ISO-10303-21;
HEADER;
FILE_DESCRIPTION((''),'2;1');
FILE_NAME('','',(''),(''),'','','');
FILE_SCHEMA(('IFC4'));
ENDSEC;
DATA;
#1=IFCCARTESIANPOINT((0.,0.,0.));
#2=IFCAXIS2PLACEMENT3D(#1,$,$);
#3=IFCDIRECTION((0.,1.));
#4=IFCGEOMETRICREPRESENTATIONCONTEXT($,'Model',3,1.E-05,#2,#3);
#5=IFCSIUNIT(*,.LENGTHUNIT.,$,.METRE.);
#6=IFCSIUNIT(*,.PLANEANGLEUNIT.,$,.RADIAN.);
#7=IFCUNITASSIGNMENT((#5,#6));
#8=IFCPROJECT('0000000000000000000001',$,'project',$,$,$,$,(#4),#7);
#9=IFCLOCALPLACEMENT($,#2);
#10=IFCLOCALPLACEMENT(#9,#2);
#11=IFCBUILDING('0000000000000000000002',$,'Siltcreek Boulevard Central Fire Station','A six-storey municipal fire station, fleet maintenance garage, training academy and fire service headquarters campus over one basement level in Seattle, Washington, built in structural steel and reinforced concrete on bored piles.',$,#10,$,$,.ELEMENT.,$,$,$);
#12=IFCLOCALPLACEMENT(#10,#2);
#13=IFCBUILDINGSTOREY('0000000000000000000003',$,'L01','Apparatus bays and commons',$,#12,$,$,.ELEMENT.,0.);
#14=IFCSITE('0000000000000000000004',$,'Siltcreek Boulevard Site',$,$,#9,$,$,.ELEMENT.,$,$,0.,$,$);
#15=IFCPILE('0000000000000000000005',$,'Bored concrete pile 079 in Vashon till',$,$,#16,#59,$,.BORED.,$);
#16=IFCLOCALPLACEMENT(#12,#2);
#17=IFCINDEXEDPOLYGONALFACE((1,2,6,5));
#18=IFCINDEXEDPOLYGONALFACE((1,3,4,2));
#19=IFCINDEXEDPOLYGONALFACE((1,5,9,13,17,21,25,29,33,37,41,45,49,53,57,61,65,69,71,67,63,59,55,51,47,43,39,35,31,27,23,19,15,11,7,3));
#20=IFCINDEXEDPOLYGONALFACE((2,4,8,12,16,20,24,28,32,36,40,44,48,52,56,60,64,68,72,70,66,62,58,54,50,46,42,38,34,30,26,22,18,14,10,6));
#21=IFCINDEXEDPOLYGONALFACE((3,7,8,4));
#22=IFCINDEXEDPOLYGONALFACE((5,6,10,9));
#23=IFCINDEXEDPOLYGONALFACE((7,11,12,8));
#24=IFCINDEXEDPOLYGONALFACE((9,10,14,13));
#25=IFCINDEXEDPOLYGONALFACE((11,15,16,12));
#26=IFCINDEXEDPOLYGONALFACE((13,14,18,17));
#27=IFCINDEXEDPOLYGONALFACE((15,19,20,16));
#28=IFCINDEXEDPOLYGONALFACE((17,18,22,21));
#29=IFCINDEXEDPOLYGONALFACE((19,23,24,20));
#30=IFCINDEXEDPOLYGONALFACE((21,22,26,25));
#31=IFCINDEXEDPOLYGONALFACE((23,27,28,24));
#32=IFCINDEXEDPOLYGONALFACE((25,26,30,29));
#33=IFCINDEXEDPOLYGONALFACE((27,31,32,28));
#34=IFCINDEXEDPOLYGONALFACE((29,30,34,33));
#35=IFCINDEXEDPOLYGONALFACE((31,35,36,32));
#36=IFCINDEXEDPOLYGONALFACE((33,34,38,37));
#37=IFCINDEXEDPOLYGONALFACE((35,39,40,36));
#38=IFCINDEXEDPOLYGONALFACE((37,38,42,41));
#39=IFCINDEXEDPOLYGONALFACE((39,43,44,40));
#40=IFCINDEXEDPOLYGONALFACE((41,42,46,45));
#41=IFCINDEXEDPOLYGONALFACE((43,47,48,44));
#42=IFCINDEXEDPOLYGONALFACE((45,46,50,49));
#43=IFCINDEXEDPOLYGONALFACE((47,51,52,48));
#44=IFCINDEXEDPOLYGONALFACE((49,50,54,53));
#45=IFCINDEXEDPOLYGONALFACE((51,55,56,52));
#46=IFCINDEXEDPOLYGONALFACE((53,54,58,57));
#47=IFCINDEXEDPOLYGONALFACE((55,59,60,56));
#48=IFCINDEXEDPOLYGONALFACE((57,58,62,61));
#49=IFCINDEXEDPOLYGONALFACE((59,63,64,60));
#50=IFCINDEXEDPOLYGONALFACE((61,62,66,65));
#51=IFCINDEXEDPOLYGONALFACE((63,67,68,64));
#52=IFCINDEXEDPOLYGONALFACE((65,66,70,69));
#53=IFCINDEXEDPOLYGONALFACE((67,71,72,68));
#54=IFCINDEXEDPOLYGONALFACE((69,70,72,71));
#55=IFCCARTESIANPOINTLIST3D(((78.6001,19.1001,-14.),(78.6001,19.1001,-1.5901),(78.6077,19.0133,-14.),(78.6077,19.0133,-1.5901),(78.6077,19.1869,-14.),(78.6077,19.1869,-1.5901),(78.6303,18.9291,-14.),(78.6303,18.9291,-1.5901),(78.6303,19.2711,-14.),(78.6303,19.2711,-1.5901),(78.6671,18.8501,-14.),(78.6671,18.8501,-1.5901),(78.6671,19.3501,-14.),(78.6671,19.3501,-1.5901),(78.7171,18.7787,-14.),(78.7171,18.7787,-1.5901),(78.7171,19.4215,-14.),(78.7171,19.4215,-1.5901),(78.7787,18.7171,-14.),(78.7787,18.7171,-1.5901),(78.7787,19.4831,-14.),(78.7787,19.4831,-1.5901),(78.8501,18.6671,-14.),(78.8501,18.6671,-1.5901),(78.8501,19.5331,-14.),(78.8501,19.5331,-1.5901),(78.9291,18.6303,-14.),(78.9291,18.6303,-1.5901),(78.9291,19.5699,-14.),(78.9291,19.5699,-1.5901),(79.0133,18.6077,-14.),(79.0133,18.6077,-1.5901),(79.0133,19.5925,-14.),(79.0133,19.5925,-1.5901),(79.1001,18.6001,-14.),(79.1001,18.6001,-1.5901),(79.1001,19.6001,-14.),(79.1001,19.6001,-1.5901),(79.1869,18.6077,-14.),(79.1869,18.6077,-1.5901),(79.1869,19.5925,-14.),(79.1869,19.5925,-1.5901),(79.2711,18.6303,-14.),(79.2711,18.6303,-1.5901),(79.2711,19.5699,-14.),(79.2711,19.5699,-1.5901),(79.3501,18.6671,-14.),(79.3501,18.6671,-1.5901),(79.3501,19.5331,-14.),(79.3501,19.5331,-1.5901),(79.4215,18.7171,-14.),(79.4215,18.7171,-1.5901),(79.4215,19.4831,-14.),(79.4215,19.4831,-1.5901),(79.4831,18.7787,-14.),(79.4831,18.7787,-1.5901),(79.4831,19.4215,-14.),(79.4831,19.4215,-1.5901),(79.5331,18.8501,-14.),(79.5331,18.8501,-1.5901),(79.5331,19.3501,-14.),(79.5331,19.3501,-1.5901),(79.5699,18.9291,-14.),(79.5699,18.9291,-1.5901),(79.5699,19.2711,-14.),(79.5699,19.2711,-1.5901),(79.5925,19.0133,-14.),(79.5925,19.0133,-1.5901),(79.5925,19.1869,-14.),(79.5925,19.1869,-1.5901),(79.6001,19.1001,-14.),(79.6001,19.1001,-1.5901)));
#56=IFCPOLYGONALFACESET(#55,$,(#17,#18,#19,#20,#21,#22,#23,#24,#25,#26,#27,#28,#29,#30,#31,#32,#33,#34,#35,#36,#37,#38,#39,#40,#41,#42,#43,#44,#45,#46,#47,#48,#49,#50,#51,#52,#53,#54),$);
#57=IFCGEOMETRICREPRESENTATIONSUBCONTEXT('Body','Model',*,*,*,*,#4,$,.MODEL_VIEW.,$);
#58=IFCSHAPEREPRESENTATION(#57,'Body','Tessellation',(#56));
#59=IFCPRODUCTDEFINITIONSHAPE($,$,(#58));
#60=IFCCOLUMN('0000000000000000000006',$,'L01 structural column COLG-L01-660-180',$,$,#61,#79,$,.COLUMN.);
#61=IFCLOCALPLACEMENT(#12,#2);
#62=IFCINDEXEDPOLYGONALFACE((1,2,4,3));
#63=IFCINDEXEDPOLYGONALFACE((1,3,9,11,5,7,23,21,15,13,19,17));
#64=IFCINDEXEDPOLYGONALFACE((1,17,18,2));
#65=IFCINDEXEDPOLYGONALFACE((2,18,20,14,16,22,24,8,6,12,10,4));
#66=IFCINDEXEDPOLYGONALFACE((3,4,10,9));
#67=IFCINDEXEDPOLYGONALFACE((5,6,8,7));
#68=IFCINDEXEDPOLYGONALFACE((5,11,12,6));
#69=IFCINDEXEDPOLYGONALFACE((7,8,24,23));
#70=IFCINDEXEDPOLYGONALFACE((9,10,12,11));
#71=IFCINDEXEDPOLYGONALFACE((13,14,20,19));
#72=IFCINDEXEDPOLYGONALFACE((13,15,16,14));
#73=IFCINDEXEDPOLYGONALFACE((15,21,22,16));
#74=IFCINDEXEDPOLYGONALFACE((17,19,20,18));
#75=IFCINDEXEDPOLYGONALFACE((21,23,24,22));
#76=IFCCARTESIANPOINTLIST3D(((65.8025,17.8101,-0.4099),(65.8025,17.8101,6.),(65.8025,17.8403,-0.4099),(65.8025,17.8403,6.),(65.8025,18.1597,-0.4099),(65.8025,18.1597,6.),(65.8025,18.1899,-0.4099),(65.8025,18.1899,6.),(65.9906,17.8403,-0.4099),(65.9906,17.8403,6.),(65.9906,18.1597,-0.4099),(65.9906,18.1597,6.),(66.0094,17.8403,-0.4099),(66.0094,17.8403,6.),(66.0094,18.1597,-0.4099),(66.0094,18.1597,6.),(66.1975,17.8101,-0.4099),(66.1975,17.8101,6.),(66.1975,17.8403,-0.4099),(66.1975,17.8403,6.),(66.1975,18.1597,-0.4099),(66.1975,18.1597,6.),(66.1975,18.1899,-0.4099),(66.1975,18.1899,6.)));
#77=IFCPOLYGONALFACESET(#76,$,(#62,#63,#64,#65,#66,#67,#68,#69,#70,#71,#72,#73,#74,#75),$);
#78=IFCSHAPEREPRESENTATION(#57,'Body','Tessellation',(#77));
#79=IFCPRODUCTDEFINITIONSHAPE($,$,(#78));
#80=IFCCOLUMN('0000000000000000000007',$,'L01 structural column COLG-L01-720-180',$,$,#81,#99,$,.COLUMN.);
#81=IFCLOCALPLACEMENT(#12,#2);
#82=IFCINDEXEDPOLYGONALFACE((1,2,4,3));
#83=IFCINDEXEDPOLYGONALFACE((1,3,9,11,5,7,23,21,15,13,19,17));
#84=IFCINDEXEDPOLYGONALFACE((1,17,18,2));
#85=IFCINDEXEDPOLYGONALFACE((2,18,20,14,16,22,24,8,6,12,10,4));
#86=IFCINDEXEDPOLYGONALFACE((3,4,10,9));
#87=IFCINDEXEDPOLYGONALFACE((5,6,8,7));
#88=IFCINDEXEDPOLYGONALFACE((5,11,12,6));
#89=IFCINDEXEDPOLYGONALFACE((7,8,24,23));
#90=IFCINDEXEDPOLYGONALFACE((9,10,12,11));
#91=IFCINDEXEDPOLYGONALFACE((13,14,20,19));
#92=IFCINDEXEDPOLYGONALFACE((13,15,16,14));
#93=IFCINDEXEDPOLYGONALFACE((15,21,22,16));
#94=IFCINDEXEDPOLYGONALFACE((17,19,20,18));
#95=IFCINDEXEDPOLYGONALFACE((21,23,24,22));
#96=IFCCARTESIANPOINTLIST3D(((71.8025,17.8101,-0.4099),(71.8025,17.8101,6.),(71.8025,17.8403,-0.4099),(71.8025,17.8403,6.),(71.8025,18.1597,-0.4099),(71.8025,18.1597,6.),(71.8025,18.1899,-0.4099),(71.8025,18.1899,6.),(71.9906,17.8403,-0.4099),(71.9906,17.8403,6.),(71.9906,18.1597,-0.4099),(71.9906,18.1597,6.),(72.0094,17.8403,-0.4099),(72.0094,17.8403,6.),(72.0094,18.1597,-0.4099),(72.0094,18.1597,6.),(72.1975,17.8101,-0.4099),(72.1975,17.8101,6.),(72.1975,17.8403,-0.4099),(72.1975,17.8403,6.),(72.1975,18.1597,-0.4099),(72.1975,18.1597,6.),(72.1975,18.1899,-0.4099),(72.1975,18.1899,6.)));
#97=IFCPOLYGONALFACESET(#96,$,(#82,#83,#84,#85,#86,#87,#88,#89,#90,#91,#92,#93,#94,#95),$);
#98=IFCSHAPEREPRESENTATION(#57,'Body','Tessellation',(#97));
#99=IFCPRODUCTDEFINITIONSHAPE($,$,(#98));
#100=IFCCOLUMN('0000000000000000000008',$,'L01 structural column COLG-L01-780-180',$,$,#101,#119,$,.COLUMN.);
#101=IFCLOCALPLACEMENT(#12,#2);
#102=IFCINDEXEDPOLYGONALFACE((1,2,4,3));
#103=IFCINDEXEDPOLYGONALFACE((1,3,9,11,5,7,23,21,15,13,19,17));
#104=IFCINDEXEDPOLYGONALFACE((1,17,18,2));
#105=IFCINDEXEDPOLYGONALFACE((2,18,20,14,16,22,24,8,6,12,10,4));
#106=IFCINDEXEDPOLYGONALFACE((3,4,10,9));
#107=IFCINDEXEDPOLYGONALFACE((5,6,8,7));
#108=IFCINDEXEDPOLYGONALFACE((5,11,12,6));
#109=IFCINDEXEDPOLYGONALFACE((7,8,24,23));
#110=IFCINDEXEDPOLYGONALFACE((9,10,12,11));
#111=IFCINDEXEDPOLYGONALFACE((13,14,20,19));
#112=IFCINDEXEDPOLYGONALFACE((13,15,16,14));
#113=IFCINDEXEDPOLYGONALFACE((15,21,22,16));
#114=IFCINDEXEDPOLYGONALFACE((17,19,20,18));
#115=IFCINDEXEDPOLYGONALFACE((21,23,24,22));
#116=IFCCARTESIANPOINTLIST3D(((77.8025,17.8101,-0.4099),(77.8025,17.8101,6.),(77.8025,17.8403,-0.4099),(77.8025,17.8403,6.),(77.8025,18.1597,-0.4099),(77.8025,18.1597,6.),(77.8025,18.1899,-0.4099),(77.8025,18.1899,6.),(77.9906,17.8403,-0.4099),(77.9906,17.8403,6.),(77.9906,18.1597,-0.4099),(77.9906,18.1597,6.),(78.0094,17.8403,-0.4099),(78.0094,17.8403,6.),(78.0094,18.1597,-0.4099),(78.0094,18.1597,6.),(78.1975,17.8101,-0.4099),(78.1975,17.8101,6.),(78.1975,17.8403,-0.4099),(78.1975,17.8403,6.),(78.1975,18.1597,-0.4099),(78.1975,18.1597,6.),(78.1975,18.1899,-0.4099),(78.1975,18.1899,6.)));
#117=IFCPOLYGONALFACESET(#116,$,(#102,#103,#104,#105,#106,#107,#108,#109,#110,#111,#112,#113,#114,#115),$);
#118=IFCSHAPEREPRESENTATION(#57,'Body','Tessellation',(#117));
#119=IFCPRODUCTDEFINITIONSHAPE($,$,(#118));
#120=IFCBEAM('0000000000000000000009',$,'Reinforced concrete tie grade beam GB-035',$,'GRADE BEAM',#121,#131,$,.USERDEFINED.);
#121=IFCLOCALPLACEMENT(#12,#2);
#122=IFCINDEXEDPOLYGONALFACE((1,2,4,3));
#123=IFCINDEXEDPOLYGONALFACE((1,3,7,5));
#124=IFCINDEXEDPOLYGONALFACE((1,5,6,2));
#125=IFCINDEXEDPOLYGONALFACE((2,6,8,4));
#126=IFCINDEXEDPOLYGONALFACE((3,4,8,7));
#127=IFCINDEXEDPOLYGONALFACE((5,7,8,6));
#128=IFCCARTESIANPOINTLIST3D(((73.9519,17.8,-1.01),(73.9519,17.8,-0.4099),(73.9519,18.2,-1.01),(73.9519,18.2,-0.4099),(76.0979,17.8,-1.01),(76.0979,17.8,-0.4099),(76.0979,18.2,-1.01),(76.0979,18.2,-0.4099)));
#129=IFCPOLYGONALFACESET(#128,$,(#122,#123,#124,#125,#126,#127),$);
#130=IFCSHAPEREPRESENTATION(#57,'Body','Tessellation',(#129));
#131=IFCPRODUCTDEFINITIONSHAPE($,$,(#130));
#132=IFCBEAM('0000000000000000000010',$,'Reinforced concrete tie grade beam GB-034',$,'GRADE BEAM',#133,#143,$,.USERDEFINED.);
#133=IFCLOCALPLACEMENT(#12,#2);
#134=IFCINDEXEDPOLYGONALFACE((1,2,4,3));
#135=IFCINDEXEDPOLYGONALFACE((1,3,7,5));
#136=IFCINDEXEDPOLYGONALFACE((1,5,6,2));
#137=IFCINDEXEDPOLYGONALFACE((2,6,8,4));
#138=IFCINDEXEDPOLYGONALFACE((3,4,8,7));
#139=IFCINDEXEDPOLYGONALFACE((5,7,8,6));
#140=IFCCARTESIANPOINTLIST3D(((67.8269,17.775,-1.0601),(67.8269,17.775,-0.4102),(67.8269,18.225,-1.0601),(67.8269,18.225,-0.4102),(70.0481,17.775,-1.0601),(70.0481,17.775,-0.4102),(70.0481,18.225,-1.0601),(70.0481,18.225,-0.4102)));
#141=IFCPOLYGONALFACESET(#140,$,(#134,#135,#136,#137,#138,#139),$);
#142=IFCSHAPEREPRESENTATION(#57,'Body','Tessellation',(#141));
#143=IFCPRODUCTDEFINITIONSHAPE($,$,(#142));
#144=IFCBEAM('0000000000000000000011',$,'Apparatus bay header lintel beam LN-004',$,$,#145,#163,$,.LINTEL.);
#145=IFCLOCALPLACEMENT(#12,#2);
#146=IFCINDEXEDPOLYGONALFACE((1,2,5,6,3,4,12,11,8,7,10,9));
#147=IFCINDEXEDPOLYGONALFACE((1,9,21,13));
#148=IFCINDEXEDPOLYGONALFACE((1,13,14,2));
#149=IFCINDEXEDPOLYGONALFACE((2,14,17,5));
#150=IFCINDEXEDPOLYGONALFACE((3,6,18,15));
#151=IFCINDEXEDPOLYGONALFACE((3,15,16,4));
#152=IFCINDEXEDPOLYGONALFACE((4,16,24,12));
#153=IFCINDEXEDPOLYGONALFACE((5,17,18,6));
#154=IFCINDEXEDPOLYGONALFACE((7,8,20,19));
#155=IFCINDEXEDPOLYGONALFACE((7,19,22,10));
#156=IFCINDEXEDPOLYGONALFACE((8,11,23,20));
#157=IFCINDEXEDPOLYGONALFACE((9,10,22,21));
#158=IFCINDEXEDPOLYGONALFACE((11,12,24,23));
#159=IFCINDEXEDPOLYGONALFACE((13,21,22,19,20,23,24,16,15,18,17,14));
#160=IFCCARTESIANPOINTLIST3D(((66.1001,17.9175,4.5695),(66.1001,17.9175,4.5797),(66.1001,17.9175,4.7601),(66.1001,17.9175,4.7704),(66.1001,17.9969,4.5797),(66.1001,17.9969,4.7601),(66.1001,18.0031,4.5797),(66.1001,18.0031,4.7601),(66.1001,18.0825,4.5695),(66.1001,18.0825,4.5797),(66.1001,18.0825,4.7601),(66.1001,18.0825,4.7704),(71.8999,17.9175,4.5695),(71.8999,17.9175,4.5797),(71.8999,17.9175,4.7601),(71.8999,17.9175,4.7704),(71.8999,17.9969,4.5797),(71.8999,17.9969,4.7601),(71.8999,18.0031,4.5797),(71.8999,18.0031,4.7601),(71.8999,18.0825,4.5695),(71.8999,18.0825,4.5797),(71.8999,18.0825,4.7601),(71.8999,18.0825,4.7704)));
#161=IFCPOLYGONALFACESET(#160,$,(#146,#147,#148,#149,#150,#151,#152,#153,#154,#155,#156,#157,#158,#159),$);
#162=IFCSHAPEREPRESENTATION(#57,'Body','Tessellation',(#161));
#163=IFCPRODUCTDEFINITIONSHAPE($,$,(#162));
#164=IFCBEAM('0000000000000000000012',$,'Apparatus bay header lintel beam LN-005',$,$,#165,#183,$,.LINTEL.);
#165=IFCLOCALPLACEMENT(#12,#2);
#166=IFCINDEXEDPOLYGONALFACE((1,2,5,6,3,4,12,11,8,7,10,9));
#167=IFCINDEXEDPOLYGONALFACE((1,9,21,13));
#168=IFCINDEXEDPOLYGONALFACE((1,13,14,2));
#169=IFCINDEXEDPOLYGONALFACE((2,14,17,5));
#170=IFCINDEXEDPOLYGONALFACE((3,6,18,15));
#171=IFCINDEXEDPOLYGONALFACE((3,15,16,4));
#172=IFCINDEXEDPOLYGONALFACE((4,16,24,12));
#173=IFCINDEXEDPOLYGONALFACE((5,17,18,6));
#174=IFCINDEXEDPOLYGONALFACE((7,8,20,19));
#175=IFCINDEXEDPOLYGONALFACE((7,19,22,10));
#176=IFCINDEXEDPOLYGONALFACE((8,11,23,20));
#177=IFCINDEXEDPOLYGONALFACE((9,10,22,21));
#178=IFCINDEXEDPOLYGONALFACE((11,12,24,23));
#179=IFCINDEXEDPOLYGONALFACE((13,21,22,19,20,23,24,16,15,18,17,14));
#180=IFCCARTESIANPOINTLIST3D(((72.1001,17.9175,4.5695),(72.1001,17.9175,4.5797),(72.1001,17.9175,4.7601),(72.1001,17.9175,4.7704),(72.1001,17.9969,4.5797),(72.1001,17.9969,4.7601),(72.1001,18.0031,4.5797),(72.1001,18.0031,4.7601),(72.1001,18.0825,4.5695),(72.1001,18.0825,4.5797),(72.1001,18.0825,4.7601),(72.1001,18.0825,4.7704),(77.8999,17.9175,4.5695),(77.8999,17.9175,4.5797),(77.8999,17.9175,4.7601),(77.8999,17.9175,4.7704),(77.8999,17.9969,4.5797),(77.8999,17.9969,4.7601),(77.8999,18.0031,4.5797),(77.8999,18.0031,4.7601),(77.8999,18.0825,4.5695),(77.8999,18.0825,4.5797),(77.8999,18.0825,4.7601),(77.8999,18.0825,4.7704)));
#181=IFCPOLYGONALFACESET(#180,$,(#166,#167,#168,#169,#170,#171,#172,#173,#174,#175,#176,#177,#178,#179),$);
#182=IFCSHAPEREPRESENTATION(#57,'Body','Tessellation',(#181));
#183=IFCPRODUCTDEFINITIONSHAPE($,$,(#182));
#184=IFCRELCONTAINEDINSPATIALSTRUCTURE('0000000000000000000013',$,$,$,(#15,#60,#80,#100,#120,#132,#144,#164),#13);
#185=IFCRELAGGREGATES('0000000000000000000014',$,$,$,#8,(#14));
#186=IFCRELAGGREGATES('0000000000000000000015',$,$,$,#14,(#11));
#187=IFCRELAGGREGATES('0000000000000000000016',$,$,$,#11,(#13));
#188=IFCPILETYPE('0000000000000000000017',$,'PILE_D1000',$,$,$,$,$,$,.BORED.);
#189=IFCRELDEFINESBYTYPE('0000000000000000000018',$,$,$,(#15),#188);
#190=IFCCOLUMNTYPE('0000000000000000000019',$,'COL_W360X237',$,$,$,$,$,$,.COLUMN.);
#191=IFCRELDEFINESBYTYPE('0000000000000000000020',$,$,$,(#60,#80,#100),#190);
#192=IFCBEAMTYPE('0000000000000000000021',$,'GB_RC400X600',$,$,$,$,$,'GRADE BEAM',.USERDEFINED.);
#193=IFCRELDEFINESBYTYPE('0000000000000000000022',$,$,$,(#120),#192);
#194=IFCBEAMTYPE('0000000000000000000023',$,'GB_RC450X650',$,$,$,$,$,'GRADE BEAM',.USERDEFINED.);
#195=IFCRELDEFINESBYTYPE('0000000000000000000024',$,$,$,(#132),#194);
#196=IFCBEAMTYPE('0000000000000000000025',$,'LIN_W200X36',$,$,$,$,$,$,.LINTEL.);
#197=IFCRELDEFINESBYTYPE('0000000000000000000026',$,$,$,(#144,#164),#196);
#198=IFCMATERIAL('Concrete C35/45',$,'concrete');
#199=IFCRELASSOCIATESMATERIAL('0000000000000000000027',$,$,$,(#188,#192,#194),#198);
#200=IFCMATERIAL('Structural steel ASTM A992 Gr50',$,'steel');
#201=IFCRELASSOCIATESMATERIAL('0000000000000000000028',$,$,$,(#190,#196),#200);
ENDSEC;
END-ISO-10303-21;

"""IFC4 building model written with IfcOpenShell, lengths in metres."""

from ifc_helpers import new_model, si_unit, direction, frame, origin, origin_2d, place, context, subcontext, project, spatial, rectangle, circle, i_section, extrude, material, material_profile, profile_set, type_object, element, save


model = new_model("IFC4")

# Units and contexts
model_context = context("Model", 3, precision=1e-05, world=origin(), true_north=direction((0.0, 1.0)))
body_context = subcontext(model_context, "Body", "Model", "MODEL_VIEW")
ifc_project = project(units=[si_unit("LENGTHUNIT", "METRE"), si_unit("PLANEANGLEUNIT", "RADIAN")], contexts=[model_context])

# Site, building, storey
site_placement = place(None, origin())
site = spatial("IfcSite", under=ifc_project, at=site_placement, Name="Siltcreek Boulevard Site", CompositionType="ELEMENT", RefElevation=0.0)
building_placement = place(site_placement, origin())
building = spatial("IfcBuilding", under=site, at=building_placement, Name="Siltcreek Boulevard Central Fire Station", Description="A six-storey municipal fire station, fleet maintenance garage, training academy and fire service headquarters campus over one basement level in Seattle, Washington, built in structural steel and reinforced concrete on bored piles.", CompositionType="ELEMENT")
storey_placement = place(building_placement, origin())
storey = spatial("IfcBuildingStorey", under=building, at=storey_placement, Name="L01", Description="Apparatus bays and commons", CompositionType="ELEMENT", Elevation=0.0)

# Shared definitions
ifc_material_1 = material(Name="Concrete C35/45", Category="concrete")

# Pile
ifc_material_profile_1 = material_profile(ifc_material_1, circle(Radius=0.5, at=origin_2d()), Name="SHAFT1000")
ifc_profile_set_1 = profile_set([ifc_material_profile_1], Name="Concrete C35/45")
pile_type = type_object("IfcPileType", Name="PILE_D1000", PredefinedType="BORED", material=ifc_profile_set_1)
for number, where, z_axis, x_axis, name in (
    (1, (79.1001, 19.1001, -1.5901), (0.0, 0.0, -1.0), (1.0, 0.0, 0.0), "Bored concrete pile 079 in Vashon till"),
):
    element("IfcPile", number, at=place(storey_placement, frame(where, z_axis=z_axis, x_axis=x_axis)), inside=storey, type_object=pile_type, Name=name, PredefinedType="BORED", context=body_context, shape_type="SweptSolid", body=[
        extrude(circle(Radius=0.5, at=origin_2d()), origin(), (0.0, 0.0, 1.0), 12.4099),
    ])

# Columns
ifc_material_2 = material(Name="Structural steel ASTM A992 Gr50", Category="steel")
ifc_material_profile_2 = material_profile(ifc_material_2, i_section(OverallWidth=0.395, OverallDepth=0.3799, WebThickness=0.0188, FlangeThickness=0.0303, at=origin_2d()), Name="W360X237")
ifc_profile_set_2 = profile_set([ifc_material_profile_2], Name="Structural steel ASTM A992 Gr50")
column_type = type_object("IfcColumnType", Name="COL_W360X237", PredefinedType="COLUMN", material=ifc_profile_set_2)
for number, where, z_axis, x_axis, name in (
    (2, (66.0, 18.0, -0.4099), (0.0, 0.0, 1.0), (1.0, 0.0, 0.0), "L01 structural column COLG-L01-660-180"),
    (3, (72.0, 18.0, -0.4099), (0.0, 0.0, 1.0), (1.0, 0.0, 0.0), "L01 structural column COLG-L01-720-180"),
    (4, (78.0, 18.0, -0.4099), (0.0, 0.0, 1.0), (1.0, 0.0, 0.0), "L01 structural column COLG-L01-780-180"),
):
    element("IfcColumn", number, at=place(storey_placement, frame(where, z_axis=z_axis, x_axis=x_axis)), inside=storey, type_object=column_type, Name=name, PredefinedType="COLUMN", context=body_context, shape_type="SweptSolid", body=[
        extrude(i_section(OverallWidth=0.395, OverallDepth=0.3799, WebThickness=0.0188, FlangeThickness=0.0303, at=origin_2d()), origin(), (0.0, 0.0, 1.0), 6.4099),
    ])

# Beams
ifc_material_profile_3 = material_profile(ifc_material_1, rectangle(XDim=0.3999, YDim=0.6001, at=origin_2d()), Name="RC400X600")
ifc_profile_set_3 = profile_set([ifc_material_profile_3], Name="Concrete C35/45")
beam_type_1 = type_object("IfcBeamType", Name="GB_RC400X600", ElementType="GRADE BEAM", PredefinedType="USERDEFINED", material=ifc_profile_set_3)
beam_1_placement = place(storey_placement, frame((73.9519, 18.0, -0.71), z_axis=(1.0, 0.0, 0.0), x_axis=(0.0, 1.0, 0.0)))
element("IfcBeam", 5, at=beam_1_placement, inside=storey, type_object=beam_type_1, Name="Reinforced concrete tie grade beam GB-035", ObjectType="GRADE BEAM", PredefinedType="USERDEFINED", context=body_context, shape_type="SweptSolid", body=[
    extrude(rectangle(XDim=0.3999, YDim=0.6001, at=origin_2d()), origin(), (0.0, 0.0, 1.0), 2.146),
])
ifc_material_profile_4 = material_profile(ifc_material_1, rectangle(XDim=0.45, YDim=0.6499, at=origin_2d()), Name="RC450X650")
ifc_profile_set_4 = profile_set([ifc_material_profile_4], Name="Concrete C35/45")
beam_type_2 = type_object("IfcBeamType", Name="GB_RC450X650", ElementType="GRADE BEAM", PredefinedType="USERDEFINED", material=ifc_profile_set_4)
beam_2_placement = place(storey_placement, frame((67.8269, 18.0, -0.7351), z_axis=(1.0, 0.0, 0.0), x_axis=(0.0, 1.0, 0.0)))
element("IfcBeam", 6, at=beam_2_placement, inside=storey, type_object=beam_type_2, Name="Reinforced concrete tie grade beam GB-034", ObjectType="GRADE BEAM", PredefinedType="USERDEFINED", context=body_context, shape_type="SweptSolid", body=[
    extrude(rectangle(XDim=0.45, YDim=0.6499, at=origin_2d()), origin(), (0.0, 0.0, 1.0), 2.2212),
])
ifc_material_profile_5 = material_profile(ifc_material_2, i_section(OverallWidth=0.165, OverallDepth=0.2009, WebThickness=0.0061, FlangeThickness=0.0103, at=origin_2d()), Name="W200X36")
ifc_profile_set_5 = profile_set([ifc_material_profile_5], Name="Structural steel ASTM A992 Gr50")
beam_type_3 = type_object("IfcBeamType", Name="LIN_W200X36", PredefinedType="LINTEL", material=ifc_profile_set_5)
for number, where, z_axis, x_axis, name in (
    (7, (66.1001, 18.0, 4.6699), (1.0, 0.0, 0.0), (0.0, 1.0, 0.0), "Apparatus bay header lintel beam LN-004"),
    (8, (72.1001, 18.0, 4.6699), (1.0, 0.0, 0.0), (0.0, 1.0, 0.0), "Apparatus bay header lintel beam LN-005"),
):
    element("IfcBeam", number, at=place(storey_placement, frame(where, z_axis=z_axis, x_axis=x_axis)), inside=storey, type_object=beam_type_3, Name=name, PredefinedType="LINTEL", context=body_context, shape_type="SweptSolid", body=[
        extrude(i_section(OverallWidth=0.165, OverallDepth=0.2009, WebThickness=0.0061, FlangeThickness=0.0103, at=origin_2d()), origin(), (0.0, 0.0, 1.0), 5.7998),
    ])

save(model, "model.ifc")
